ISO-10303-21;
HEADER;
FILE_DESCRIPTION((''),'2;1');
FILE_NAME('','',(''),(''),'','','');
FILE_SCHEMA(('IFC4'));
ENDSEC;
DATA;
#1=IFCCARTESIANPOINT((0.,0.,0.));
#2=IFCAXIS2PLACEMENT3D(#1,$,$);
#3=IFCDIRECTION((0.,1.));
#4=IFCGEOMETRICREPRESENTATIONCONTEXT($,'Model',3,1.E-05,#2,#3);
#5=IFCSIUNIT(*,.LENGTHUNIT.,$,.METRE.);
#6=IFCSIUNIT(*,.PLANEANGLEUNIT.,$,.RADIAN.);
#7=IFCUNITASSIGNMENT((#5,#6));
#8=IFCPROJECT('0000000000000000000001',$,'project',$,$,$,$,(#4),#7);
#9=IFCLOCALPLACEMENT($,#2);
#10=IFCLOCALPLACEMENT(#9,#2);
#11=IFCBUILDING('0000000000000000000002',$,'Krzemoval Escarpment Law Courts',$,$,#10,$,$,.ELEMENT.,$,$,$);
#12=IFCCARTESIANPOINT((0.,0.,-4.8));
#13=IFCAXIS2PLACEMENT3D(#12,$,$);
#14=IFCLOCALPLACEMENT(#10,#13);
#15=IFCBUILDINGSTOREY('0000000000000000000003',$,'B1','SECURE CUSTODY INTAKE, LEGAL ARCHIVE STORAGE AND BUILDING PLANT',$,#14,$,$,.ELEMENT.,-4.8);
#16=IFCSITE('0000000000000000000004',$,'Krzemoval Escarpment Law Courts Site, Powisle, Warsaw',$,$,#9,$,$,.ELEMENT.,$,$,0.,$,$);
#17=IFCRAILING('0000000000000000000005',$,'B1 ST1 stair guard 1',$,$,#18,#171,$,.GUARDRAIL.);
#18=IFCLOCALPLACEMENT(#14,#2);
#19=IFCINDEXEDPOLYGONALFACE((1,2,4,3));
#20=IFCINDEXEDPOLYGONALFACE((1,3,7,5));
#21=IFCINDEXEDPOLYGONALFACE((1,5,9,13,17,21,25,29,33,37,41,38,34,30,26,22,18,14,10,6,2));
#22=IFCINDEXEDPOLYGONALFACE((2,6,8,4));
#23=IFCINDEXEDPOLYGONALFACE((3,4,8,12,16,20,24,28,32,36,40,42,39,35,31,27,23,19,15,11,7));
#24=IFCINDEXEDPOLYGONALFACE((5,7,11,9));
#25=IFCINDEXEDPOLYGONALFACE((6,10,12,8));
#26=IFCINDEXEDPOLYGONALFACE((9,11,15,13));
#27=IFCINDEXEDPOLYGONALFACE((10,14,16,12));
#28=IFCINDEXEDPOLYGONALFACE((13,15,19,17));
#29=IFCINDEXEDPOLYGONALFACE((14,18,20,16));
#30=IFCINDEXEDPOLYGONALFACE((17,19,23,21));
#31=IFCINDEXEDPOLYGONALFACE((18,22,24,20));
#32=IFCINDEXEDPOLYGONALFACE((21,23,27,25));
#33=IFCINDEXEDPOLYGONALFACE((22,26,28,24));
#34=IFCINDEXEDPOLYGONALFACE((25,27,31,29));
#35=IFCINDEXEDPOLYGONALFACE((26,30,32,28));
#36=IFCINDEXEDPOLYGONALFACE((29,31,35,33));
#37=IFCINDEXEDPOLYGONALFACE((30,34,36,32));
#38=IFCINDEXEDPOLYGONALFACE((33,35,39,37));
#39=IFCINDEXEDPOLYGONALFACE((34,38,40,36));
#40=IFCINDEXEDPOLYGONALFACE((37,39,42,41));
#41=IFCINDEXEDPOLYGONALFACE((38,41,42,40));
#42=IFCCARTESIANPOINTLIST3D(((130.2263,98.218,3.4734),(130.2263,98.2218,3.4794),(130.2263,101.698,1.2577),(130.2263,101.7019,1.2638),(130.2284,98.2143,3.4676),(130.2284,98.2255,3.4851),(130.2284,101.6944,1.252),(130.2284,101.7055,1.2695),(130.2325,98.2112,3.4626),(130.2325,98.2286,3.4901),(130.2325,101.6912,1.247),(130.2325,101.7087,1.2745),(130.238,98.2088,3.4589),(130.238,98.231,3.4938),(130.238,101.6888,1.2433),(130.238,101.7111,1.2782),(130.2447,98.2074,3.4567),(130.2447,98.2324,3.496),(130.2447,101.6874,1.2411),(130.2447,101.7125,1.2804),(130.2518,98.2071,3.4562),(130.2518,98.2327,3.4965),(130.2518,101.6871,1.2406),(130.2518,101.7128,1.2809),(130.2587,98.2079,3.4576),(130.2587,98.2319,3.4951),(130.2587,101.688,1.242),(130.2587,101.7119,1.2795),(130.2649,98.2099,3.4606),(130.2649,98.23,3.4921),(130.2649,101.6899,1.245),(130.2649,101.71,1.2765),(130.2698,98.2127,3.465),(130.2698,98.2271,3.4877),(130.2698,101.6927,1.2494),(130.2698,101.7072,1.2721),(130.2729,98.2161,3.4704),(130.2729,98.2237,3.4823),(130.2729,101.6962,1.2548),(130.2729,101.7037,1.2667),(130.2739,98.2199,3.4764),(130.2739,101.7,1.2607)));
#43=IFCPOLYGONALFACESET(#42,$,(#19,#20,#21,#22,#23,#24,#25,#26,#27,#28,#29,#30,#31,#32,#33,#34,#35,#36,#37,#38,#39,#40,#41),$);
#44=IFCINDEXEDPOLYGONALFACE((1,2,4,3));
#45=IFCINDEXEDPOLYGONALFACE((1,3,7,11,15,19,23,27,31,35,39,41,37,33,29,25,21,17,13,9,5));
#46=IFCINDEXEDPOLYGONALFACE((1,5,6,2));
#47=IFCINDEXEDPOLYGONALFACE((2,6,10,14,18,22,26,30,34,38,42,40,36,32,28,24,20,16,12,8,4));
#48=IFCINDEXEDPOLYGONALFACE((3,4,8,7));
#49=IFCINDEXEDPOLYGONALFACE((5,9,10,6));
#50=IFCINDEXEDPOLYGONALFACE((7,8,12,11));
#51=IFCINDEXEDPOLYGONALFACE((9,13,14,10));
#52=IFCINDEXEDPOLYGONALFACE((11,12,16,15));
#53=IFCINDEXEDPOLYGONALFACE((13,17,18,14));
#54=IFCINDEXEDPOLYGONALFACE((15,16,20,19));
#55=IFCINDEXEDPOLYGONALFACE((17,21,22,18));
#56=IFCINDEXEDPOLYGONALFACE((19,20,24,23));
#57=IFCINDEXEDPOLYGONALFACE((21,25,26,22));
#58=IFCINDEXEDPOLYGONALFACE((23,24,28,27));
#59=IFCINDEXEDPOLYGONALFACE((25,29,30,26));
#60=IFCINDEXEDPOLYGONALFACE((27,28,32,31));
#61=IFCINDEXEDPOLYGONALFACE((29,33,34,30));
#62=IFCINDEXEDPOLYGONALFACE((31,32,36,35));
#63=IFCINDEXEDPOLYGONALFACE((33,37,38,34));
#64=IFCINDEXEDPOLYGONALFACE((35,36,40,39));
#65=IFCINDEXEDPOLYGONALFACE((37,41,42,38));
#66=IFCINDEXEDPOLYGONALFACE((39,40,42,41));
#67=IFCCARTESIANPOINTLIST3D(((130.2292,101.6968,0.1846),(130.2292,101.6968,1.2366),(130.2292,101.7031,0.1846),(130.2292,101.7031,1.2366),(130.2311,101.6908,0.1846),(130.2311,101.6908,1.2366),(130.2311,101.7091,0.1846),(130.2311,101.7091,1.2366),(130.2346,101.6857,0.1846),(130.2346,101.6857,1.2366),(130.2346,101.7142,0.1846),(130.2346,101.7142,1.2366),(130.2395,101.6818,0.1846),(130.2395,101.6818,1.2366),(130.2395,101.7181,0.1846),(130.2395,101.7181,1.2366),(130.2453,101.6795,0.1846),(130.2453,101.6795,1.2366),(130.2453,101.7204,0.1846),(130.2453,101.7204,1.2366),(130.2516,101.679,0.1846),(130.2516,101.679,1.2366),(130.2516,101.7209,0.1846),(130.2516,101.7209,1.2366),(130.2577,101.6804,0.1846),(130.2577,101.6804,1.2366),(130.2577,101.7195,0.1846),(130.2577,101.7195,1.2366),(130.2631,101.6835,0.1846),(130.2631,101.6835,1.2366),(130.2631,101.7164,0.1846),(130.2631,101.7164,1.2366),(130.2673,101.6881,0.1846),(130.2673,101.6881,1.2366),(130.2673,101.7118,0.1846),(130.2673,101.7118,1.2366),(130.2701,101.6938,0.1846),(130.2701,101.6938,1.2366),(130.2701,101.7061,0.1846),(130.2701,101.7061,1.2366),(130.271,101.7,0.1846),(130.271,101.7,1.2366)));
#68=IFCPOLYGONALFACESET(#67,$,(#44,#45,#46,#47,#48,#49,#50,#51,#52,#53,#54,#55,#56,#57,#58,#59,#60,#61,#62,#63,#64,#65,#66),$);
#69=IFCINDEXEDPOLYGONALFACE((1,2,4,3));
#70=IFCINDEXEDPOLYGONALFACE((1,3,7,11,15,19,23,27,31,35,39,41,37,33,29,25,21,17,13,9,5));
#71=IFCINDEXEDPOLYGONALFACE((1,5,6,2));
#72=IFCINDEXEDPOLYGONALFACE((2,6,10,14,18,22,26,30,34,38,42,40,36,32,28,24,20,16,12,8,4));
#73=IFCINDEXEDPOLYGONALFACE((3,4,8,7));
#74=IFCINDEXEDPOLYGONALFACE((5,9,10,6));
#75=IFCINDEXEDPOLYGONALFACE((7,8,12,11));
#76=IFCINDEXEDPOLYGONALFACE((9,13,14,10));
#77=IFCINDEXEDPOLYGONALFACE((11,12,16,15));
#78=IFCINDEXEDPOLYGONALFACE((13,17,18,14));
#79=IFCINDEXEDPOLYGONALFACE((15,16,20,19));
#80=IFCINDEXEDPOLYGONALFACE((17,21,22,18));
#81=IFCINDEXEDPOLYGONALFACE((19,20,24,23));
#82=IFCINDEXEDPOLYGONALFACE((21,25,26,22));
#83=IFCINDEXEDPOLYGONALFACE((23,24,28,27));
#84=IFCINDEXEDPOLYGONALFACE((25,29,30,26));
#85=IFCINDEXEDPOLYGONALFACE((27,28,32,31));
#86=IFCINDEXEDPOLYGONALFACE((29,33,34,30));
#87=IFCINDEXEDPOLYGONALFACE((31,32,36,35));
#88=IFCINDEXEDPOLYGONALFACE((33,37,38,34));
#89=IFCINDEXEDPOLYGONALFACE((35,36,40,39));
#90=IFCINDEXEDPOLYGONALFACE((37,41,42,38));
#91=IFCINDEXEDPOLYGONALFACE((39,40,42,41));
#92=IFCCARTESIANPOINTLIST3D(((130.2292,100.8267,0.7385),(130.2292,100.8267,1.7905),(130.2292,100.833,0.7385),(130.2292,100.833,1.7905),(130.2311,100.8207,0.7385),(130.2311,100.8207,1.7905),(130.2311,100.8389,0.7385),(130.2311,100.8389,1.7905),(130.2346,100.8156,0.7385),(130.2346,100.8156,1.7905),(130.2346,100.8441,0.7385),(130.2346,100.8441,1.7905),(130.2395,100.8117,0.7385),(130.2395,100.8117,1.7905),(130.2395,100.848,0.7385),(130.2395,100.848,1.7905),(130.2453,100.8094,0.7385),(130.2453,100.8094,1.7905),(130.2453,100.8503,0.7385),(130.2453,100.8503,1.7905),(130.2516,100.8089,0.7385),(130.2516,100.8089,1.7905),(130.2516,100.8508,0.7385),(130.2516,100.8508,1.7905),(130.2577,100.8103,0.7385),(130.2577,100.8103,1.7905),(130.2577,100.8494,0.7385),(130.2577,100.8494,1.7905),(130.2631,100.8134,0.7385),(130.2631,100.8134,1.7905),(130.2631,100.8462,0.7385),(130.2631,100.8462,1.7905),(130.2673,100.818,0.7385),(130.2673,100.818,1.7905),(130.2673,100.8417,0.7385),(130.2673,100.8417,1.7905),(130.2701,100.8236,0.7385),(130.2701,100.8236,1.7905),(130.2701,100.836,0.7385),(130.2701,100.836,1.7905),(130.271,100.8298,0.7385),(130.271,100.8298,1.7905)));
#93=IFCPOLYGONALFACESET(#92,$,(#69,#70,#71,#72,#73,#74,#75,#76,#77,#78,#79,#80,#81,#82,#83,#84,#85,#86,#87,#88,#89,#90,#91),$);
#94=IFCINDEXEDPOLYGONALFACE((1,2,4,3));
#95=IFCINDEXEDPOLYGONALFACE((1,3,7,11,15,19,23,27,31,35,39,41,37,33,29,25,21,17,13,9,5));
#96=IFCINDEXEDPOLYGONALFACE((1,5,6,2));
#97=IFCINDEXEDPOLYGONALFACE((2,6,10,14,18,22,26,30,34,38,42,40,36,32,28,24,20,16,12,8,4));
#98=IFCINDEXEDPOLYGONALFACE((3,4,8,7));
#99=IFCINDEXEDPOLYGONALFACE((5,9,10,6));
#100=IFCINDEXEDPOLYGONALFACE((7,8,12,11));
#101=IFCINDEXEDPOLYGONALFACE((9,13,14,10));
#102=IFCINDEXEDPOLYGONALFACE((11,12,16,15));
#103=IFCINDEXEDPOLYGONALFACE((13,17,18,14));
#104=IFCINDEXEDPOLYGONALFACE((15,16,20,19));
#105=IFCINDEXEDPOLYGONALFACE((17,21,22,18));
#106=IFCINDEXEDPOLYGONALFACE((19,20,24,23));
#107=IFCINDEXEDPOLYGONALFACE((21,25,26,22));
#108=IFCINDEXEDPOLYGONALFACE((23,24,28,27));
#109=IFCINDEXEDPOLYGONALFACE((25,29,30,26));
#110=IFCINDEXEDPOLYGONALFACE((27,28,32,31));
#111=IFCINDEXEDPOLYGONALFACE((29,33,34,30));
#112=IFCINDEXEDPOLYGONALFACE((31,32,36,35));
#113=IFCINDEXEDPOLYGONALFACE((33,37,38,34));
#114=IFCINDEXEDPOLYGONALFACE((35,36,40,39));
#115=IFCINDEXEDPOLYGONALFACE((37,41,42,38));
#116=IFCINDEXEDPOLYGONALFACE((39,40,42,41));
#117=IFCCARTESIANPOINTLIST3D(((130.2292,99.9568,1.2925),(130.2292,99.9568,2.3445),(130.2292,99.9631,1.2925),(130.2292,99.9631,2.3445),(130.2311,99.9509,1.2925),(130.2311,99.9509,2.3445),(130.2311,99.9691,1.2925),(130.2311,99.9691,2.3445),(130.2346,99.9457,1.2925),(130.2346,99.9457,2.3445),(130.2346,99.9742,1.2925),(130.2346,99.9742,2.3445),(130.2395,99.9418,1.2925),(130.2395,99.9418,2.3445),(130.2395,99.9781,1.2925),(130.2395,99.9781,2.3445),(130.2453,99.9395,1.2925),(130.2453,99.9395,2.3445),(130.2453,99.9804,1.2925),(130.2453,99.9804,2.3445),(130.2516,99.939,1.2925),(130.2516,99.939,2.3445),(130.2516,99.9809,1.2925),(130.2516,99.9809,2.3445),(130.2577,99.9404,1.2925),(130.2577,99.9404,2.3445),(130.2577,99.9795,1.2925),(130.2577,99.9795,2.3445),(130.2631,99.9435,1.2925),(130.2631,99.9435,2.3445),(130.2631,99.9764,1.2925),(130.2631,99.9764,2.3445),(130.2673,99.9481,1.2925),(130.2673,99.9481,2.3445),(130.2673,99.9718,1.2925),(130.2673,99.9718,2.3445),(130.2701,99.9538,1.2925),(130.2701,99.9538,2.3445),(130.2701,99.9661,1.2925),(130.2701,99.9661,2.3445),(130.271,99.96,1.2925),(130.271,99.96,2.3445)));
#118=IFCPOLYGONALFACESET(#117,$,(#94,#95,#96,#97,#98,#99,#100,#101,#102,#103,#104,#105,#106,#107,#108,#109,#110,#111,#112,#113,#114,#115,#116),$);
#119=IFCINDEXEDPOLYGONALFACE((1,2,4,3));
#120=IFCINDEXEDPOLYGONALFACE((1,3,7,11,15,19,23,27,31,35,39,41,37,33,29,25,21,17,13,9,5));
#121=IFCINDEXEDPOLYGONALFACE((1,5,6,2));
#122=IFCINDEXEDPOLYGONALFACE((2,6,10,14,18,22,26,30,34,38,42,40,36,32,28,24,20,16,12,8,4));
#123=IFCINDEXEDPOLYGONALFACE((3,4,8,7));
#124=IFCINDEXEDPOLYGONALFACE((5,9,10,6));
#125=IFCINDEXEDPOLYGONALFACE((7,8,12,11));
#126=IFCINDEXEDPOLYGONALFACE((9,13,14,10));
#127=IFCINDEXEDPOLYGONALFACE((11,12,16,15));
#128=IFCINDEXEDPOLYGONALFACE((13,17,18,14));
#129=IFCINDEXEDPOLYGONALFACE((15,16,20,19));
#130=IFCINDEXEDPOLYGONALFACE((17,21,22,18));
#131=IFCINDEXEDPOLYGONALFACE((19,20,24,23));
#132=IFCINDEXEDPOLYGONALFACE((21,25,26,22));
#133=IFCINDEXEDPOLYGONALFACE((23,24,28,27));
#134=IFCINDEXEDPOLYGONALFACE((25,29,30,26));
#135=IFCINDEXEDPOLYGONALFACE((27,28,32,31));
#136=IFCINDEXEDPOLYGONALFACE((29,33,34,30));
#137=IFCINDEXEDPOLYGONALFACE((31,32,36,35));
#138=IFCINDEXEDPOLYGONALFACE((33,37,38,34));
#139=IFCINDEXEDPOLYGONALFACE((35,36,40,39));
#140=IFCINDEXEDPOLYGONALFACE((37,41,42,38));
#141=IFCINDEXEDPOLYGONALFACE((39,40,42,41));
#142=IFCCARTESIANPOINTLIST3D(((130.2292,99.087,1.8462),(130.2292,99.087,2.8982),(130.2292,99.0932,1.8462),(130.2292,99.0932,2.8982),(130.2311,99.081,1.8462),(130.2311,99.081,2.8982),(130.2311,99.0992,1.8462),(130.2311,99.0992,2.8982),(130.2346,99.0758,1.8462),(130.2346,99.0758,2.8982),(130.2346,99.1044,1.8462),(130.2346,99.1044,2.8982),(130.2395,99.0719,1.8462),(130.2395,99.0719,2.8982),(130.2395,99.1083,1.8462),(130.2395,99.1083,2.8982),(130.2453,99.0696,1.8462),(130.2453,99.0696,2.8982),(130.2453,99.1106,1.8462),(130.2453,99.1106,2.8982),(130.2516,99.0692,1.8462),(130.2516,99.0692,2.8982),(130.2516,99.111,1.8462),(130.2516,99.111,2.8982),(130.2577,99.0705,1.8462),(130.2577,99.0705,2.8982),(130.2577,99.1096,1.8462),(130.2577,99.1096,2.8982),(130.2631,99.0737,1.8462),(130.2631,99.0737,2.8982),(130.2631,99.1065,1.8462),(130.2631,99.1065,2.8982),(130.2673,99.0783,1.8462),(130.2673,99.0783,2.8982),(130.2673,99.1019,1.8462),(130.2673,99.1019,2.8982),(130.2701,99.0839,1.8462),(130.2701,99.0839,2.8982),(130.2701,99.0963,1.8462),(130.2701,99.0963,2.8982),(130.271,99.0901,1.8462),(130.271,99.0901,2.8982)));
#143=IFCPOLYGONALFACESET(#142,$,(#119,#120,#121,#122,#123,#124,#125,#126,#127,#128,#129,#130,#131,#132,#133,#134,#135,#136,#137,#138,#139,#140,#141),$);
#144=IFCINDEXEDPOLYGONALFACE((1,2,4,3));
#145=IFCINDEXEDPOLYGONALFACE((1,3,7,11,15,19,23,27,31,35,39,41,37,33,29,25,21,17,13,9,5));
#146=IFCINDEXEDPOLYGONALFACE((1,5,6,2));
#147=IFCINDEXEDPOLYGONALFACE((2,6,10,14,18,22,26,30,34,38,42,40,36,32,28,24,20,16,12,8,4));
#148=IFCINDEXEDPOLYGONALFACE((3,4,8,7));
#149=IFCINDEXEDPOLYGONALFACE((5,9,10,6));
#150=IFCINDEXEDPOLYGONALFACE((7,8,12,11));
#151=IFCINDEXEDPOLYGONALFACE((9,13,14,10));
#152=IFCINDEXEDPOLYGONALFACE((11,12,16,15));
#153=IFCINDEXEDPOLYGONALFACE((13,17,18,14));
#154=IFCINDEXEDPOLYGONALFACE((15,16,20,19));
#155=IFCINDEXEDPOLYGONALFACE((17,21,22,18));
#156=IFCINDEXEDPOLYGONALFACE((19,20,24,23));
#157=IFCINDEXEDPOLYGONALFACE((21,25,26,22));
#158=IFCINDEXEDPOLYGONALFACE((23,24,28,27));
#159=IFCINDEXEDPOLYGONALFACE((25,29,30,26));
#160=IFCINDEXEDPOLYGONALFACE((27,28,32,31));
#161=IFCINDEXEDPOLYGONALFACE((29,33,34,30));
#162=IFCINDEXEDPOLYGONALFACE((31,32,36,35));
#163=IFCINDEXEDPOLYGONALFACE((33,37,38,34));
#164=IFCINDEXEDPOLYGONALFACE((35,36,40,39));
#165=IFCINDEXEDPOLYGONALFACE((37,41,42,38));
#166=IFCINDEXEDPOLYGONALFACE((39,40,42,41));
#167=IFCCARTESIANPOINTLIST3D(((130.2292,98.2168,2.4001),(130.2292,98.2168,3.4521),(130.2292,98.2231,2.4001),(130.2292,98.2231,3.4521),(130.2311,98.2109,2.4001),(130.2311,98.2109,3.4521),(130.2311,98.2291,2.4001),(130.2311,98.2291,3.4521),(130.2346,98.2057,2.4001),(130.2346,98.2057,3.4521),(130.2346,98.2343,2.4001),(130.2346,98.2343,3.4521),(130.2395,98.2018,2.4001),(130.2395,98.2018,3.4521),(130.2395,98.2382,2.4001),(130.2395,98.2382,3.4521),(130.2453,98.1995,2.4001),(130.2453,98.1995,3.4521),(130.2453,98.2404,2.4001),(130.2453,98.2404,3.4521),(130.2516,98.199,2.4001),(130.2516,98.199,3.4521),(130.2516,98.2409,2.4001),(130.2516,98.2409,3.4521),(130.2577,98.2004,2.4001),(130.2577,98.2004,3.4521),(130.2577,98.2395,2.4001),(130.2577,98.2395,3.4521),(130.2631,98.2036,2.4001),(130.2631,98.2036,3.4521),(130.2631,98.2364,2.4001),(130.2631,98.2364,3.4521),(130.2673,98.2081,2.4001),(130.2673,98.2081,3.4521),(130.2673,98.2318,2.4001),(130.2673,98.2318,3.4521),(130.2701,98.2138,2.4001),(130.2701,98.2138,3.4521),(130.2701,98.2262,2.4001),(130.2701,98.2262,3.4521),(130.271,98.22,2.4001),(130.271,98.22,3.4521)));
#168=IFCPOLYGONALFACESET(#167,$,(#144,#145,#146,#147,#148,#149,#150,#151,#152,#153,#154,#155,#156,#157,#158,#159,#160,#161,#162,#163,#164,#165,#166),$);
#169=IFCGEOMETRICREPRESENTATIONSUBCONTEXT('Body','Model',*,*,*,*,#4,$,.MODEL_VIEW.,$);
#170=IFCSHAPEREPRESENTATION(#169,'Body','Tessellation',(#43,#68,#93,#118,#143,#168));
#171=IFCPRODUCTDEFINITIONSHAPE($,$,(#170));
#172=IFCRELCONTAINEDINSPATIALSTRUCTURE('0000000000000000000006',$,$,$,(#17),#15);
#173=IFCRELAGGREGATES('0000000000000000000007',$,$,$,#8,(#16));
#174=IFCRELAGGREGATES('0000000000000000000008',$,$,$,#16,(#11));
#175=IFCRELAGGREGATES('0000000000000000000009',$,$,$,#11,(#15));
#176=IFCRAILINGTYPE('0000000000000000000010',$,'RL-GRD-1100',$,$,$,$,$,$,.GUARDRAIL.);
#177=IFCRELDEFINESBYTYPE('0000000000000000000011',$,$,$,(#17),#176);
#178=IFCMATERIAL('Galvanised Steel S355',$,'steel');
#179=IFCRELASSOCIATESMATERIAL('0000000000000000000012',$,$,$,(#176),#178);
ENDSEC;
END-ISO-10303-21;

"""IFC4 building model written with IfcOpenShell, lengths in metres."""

from ifc_helpers import new_model, si_unit, direction, frame, origin, origin_2d, place, context, subcontext, project, spatial, circle, extrude, material, type_object, element, save


model = new_model("IFC4")

# Units and contexts
model_context = context("Model", 3, precision=1e-05, world=origin(), true_north=direction((0.0, 1.0)))
body_context = subcontext(model_context, "Body", "Model", "MODEL_VIEW")
ifc_project = project(units=[si_unit("LENGTHUNIT", "METRE"), si_unit("PLANEANGLEUNIT", "RADIAN")], contexts=[model_context])

# Site, building, storey
site_placement = place(None, origin())
site = spatial("IfcSite", under=ifc_project, at=site_placement, Name="Krzemoval Escarpment Law Courts Site, Powisle, Warsaw", CompositionType="ELEMENT", RefElevation=0.0)
building_placement = place(site_placement, origin())
building = spatial("IfcBuilding", under=site, at=building_placement, Name="Krzemoval Escarpment Law Courts", CompositionType="ELEMENT")
storey_placement = place(building_placement, frame((0.0, 0.0, -4.8)))
storey = spatial("IfcBuildingStorey", under=building, at=storey_placement, Name="B1", Description="SECURE CUSTODY INTAKE, LEGAL ARCHIVE STORAGE AND BUILDING PLANT", CompositionType="ELEMENT", Elevation=-4.8)

# Railing
ifc_material_1 = material(Name="Galvanised Steel S355", Category="steel")
railing_type_1 = type_object("IfcRailingType", Name="RL-GRD-1100", PredefinedType="GUARDRAIL", material=ifc_material_1)
railing_1_placement = place(storey_placement, frame((130.25, 101.7, 0.1846)))
element("IfcRailing", 1, at=railing_1_placement, inside=storey, type_object=railing_type_1, Name="B1 ST1 stair guard 1", PredefinedType="GUARDRAIL", context=body_context, shape_type="SweptSolid", body=[
    extrude(circle(Radius=0.0239, at=origin_2d()), frame((0.0, 0.0, 1.0762), z_axis=(0.0, -0.843547, 0.537055), x_axis=(1.0, 0.0, 0.0)), (0.0, 0.0, 1.0), 4.1255),
    extrude(circle(Radius=0.021, at=origin_2d()), origin(), (0.0, 0.0, 1.0), 1.052),
    extrude(circle(Radius=0.021, at=origin_2d()), frame((0.0, -0.8701, 0.554)), (0.0, 0.0, 1.0), 1.052),
    extrude(circle(Radius=0.021, at=origin_2d()), frame((0.0, -1.74, 1.1079)), (0.0, 0.0, 1.0), 1.052),
    extrude(circle(Radius=0.021, at=origin_2d()), frame((0.0, -2.6099, 1.6616)), (0.0, 0.0, 1.0), 1.052),
    extrude(circle(Radius=0.021, at=origin_2d()), frame((0.0, -3.48, 2.2156)), (0.0, 0.0, 1.0), 1.052),
])

save(model, "model.ifc")
